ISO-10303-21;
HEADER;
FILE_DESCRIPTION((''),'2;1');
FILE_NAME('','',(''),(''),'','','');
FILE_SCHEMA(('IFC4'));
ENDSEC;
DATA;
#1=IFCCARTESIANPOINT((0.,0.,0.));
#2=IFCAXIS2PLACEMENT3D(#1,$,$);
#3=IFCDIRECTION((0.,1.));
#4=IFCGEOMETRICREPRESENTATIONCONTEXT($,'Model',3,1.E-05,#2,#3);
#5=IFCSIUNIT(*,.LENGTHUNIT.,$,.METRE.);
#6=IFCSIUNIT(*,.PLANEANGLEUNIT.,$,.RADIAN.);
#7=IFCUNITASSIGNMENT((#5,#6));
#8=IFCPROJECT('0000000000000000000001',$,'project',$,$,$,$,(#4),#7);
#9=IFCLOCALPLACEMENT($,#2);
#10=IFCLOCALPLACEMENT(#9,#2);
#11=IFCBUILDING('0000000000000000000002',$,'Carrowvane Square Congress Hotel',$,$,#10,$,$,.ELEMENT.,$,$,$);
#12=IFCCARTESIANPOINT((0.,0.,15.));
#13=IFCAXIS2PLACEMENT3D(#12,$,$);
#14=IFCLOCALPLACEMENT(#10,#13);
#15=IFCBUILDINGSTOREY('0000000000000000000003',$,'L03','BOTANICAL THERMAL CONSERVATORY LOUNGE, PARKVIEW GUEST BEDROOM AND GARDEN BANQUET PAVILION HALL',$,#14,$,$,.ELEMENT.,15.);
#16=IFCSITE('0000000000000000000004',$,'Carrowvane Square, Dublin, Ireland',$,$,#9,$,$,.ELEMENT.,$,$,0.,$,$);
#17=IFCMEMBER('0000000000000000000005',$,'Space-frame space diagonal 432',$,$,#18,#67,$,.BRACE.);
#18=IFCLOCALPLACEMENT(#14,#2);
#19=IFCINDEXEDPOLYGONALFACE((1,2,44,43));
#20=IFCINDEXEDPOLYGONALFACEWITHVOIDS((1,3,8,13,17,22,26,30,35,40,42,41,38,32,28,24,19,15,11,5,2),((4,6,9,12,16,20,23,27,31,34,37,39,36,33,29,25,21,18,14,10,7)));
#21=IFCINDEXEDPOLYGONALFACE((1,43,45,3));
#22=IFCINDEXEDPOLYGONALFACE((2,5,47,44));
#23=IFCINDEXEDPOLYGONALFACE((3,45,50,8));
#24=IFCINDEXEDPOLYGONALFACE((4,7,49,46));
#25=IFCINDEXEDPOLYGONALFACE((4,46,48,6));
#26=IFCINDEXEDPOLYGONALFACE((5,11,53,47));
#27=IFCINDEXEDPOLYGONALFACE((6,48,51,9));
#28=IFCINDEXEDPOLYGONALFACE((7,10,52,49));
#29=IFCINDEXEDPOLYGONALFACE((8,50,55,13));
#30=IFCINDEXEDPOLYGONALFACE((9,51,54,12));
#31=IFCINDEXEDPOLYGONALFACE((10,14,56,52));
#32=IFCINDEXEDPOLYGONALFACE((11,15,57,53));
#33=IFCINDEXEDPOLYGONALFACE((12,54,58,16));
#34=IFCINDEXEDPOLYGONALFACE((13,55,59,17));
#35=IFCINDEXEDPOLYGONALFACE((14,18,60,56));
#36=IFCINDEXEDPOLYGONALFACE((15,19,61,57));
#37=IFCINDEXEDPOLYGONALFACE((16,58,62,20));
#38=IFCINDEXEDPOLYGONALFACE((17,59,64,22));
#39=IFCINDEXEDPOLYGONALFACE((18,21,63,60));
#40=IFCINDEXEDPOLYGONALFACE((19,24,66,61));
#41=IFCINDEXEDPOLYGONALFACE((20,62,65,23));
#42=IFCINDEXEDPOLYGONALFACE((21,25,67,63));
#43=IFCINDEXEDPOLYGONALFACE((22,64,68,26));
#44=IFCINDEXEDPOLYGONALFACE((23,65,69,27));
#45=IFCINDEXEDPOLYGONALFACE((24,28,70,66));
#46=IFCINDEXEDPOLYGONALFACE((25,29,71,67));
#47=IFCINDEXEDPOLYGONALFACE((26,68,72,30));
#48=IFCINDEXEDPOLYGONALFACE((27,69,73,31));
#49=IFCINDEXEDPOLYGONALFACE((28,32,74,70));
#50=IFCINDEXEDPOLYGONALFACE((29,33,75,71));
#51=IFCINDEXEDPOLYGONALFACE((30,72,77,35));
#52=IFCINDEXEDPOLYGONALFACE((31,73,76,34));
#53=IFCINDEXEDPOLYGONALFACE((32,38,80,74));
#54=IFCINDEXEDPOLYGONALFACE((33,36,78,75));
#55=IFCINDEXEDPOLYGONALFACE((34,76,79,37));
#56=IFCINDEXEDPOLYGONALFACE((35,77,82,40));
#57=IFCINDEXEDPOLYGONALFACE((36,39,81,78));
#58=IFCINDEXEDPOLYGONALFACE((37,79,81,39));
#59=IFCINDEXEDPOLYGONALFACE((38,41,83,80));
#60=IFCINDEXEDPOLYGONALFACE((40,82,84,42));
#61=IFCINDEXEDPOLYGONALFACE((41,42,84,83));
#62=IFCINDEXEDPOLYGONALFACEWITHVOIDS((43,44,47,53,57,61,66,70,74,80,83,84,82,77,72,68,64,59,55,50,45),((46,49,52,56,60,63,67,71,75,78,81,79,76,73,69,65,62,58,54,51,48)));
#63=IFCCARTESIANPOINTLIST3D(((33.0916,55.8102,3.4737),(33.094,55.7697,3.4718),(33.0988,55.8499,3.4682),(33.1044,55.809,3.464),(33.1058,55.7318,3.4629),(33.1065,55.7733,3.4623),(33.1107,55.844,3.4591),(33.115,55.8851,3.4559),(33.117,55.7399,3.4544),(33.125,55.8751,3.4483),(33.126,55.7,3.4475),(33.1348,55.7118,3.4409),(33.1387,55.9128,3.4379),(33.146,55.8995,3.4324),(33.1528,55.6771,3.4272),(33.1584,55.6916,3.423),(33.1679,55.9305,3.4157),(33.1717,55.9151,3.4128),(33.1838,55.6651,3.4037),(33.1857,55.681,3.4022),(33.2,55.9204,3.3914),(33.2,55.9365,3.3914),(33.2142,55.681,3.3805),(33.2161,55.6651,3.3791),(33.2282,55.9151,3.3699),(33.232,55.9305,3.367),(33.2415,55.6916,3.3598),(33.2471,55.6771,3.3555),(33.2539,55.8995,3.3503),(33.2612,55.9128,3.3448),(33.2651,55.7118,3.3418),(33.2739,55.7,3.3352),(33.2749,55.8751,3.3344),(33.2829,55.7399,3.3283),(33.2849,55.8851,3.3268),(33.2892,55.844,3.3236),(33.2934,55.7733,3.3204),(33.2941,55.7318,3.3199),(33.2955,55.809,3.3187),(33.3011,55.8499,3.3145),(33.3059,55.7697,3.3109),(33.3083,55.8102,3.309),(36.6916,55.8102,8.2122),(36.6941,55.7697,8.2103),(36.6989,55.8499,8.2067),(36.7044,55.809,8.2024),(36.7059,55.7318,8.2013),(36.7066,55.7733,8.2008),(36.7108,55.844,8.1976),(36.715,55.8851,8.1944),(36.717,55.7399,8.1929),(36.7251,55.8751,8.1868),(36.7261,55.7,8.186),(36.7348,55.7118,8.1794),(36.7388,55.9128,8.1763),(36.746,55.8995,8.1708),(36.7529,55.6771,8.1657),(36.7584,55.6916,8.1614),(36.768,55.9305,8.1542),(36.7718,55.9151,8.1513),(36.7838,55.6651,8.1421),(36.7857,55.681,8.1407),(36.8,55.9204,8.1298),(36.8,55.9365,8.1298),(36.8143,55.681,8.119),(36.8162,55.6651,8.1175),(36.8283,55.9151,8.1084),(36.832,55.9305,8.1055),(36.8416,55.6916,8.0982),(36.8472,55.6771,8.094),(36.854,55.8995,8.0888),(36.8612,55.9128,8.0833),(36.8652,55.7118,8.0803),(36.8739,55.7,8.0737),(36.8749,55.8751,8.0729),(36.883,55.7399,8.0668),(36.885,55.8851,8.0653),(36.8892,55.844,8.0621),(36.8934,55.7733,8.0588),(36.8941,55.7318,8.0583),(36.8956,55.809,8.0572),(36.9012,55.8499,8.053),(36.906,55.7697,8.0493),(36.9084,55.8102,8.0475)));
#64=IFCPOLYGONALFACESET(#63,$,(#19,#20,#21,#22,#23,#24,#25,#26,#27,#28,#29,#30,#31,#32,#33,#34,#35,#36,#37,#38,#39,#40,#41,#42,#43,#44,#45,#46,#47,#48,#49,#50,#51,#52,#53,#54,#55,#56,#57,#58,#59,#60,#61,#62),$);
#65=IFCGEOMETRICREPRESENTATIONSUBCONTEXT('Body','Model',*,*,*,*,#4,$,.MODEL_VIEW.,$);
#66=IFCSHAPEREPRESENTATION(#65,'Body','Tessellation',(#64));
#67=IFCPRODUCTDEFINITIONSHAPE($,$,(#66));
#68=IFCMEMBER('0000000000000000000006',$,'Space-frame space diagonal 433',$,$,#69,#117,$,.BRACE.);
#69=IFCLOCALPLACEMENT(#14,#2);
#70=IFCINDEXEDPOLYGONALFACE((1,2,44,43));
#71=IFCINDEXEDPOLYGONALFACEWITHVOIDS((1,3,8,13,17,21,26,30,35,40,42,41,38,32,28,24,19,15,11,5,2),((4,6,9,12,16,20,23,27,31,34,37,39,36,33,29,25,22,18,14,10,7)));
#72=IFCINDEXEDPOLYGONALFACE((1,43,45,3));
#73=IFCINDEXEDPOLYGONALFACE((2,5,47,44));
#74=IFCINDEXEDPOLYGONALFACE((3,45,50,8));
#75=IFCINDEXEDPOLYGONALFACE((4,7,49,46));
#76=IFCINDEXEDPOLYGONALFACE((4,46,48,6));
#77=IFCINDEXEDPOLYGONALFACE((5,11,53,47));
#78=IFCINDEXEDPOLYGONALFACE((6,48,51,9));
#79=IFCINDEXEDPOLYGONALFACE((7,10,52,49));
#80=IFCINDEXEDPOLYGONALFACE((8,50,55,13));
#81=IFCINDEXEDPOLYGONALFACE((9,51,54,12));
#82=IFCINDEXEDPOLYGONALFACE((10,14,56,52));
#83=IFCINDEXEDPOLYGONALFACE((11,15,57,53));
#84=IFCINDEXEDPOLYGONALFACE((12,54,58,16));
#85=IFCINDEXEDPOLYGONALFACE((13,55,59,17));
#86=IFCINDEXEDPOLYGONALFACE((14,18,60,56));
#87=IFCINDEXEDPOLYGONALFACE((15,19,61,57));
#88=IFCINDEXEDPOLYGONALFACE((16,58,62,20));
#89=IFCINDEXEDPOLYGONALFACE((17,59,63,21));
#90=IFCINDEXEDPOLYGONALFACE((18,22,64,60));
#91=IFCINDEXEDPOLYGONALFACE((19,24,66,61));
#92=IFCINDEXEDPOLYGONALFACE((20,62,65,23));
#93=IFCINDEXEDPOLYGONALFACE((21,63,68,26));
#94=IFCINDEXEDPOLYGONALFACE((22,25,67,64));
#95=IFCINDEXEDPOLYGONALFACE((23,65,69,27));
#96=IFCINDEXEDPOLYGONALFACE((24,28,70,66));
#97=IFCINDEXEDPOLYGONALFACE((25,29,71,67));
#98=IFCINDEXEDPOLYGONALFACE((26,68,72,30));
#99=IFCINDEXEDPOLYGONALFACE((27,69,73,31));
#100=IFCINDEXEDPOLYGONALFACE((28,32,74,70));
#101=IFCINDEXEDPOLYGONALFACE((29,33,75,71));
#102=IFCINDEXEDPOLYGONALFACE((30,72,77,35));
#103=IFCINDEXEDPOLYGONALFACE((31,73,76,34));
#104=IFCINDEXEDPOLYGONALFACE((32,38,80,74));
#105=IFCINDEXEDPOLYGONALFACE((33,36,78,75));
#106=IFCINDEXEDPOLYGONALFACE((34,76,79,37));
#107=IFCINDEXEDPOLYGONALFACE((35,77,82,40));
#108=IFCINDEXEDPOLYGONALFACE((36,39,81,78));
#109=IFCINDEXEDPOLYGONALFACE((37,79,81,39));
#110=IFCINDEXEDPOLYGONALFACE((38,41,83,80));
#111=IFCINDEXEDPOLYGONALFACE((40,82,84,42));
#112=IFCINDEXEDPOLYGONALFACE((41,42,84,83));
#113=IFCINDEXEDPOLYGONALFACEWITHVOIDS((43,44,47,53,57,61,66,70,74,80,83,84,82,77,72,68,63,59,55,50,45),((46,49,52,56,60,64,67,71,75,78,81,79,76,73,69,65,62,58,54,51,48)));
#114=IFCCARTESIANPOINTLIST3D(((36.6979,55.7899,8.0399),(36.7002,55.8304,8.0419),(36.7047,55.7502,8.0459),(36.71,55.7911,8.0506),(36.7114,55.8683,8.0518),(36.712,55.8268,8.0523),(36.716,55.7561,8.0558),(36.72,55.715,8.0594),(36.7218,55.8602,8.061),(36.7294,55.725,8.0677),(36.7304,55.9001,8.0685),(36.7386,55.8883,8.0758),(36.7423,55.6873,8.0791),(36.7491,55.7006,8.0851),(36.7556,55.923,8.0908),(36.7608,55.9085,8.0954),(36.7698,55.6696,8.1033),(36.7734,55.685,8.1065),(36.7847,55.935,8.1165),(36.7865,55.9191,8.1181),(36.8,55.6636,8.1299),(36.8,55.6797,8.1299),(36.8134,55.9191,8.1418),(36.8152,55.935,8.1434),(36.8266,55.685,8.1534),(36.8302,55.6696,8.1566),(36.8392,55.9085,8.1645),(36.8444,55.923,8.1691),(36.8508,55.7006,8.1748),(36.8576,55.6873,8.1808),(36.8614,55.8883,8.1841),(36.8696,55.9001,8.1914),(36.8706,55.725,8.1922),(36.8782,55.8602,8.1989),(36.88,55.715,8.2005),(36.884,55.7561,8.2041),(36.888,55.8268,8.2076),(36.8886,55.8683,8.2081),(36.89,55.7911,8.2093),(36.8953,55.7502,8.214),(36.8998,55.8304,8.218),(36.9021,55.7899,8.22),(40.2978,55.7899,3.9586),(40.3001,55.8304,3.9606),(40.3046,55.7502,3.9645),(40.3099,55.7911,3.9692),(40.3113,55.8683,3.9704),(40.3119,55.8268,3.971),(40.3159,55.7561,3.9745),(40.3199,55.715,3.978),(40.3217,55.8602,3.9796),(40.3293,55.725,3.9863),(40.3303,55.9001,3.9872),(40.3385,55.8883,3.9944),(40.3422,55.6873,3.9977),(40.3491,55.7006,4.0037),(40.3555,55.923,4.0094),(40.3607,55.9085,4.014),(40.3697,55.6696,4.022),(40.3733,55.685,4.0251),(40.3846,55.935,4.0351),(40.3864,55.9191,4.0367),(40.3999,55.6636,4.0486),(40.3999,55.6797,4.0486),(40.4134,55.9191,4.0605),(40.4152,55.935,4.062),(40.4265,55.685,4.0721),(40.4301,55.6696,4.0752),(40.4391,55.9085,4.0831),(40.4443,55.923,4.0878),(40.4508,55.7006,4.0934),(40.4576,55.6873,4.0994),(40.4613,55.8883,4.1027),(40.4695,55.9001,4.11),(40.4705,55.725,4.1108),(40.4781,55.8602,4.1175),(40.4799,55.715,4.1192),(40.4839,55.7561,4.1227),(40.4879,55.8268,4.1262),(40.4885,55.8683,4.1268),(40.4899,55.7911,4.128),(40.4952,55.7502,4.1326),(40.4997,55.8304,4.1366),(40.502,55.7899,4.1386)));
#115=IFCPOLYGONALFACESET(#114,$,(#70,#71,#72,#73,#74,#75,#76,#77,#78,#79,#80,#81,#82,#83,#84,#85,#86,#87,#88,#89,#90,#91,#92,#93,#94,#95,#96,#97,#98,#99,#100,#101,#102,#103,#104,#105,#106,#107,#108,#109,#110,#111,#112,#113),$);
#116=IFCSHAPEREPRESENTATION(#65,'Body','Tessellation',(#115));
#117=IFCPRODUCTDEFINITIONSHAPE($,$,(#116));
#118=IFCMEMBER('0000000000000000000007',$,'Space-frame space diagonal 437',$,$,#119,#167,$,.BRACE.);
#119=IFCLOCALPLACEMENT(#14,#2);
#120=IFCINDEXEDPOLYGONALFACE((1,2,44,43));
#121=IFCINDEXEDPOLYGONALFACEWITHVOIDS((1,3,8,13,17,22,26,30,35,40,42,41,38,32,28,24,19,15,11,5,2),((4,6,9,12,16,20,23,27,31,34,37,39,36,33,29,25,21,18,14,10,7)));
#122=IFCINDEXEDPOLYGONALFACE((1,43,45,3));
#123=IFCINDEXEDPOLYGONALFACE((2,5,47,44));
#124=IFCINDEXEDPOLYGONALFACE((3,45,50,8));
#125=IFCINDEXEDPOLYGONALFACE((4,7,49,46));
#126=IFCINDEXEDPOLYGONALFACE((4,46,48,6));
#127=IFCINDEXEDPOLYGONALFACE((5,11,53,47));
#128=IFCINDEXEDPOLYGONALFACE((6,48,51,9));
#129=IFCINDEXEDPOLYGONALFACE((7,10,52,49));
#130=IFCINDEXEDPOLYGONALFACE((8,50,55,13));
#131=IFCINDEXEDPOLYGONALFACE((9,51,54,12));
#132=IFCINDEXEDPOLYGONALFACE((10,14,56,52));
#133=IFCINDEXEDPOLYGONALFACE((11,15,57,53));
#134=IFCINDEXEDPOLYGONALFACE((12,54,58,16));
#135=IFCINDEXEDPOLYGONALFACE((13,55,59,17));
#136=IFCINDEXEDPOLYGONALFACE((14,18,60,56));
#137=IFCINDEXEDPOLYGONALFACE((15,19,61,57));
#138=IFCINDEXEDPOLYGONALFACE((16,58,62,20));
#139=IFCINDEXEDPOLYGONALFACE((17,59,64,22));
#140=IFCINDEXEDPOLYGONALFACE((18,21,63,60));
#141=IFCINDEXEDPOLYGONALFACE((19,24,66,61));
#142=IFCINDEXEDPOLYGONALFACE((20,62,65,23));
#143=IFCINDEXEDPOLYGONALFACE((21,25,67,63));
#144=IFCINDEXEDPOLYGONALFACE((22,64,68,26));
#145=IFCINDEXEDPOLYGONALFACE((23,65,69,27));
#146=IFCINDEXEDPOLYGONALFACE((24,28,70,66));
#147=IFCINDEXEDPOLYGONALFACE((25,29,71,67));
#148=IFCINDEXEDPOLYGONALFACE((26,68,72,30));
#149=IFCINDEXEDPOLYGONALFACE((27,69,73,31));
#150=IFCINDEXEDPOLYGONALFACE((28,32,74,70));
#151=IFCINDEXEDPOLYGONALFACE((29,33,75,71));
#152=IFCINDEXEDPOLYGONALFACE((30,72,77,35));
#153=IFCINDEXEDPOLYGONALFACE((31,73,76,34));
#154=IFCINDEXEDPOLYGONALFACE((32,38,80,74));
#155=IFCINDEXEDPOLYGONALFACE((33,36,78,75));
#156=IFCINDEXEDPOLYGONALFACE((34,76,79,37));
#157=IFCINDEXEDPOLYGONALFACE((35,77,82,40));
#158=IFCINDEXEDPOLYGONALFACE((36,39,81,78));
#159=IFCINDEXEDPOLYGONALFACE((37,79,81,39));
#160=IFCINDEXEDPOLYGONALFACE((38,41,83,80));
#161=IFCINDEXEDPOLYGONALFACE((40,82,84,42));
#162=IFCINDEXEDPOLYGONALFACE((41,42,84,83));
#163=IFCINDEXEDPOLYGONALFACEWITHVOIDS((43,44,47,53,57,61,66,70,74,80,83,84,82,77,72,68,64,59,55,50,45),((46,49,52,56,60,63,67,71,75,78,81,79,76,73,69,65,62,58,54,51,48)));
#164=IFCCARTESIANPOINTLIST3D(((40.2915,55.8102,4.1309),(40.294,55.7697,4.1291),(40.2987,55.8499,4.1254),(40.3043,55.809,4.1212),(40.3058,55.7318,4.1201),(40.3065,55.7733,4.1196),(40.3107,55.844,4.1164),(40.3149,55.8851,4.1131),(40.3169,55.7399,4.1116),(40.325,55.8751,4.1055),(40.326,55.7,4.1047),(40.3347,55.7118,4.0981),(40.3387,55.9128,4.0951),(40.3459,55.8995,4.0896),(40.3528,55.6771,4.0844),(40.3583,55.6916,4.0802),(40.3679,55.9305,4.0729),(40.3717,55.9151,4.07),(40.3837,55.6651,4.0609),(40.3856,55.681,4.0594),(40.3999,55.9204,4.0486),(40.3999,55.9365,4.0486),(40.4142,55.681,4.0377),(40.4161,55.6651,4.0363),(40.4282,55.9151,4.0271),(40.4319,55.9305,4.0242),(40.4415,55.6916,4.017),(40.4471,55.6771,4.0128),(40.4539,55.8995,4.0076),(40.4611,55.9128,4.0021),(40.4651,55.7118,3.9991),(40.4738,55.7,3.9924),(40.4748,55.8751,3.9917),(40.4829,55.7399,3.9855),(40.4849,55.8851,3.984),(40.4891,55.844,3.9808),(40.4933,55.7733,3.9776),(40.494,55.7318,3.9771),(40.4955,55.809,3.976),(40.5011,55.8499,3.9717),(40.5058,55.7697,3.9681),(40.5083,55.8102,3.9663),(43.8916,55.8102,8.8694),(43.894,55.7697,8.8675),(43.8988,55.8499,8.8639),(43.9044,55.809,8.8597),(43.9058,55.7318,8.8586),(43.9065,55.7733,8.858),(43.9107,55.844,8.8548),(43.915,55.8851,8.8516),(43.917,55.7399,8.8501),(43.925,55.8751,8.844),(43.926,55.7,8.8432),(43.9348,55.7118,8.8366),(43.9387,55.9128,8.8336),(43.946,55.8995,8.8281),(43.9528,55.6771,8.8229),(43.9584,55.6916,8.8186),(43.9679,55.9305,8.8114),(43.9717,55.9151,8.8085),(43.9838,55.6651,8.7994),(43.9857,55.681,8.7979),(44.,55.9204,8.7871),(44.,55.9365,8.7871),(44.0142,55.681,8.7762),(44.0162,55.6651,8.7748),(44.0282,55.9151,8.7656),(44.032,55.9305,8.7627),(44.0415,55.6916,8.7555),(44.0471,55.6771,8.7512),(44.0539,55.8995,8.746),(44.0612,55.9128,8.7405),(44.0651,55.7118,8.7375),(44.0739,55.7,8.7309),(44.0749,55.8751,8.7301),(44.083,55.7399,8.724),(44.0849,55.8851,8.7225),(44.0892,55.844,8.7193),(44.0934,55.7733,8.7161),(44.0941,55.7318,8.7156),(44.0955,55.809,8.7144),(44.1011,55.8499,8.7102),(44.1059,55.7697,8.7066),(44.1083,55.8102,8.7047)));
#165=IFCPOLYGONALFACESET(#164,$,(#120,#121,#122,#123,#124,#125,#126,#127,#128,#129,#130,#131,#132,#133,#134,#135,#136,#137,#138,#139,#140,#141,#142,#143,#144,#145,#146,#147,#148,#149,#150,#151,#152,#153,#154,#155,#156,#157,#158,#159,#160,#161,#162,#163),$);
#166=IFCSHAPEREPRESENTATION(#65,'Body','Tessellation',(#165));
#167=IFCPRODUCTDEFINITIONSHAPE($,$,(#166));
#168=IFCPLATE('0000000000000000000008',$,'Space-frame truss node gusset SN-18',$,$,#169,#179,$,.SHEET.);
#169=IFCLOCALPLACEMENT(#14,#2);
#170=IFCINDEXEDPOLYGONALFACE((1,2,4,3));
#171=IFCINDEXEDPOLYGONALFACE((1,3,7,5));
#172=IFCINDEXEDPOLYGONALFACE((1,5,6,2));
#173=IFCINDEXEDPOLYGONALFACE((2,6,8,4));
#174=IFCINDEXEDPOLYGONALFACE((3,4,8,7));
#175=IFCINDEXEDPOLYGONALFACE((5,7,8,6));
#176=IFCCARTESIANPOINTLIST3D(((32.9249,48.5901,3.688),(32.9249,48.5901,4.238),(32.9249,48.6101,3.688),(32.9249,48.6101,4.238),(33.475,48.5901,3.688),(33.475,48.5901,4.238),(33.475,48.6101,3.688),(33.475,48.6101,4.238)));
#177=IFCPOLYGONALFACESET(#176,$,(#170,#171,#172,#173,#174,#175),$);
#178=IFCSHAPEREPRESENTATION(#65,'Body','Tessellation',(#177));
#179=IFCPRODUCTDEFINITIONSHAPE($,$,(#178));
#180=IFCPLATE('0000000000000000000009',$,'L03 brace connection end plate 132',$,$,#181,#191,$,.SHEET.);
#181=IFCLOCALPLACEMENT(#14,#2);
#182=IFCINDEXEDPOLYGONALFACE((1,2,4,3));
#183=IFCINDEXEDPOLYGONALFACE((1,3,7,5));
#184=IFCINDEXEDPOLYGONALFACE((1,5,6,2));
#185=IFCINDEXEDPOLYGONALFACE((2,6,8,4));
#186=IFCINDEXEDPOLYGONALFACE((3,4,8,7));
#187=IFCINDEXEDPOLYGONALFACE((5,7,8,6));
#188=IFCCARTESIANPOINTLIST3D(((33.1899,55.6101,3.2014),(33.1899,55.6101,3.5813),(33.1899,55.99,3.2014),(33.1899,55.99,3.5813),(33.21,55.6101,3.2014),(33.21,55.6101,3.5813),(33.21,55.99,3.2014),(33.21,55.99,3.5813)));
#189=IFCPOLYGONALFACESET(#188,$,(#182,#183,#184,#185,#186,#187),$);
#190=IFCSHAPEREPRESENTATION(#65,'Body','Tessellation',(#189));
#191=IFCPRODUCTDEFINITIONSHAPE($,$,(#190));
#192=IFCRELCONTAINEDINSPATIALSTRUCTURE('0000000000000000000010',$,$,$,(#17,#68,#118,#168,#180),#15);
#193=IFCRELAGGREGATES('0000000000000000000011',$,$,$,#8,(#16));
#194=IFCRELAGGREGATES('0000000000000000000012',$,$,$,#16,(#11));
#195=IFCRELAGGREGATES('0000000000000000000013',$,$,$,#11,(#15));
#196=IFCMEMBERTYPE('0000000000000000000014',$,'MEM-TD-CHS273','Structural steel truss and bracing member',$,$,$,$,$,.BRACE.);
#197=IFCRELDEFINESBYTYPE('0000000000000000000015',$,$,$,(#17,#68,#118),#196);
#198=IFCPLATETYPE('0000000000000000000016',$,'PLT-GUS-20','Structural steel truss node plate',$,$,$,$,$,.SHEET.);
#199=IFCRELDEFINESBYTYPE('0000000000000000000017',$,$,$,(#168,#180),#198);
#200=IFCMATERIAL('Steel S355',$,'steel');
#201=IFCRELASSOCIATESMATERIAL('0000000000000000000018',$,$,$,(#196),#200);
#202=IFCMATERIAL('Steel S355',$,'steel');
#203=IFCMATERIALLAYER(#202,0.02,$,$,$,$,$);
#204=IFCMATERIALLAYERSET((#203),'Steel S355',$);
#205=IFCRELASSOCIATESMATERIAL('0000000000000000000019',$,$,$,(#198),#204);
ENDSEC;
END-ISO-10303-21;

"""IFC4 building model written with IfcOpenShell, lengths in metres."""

from ifc_helpers import new_model, si_unit, direction, frame, origin, origin_2d, place, context, subcontext, project, spatial, rectangle, hollow_circle, extrude, material, layer, layer_set, material_profile, profile_set, type_object, element, save


model = new_model("IFC4")

# Units and contexts
model_context = context("Model", 3, precision=1e-05, world=origin(), true_north=direction((0.0, 1.0)))
body_context = subcontext(model_context, "Body", "Model", "MODEL_VIEW")
ifc_project = project(units=[si_unit("LENGTHUNIT", "METRE"), si_unit("PLANEANGLEUNIT", "RADIAN")], contexts=[model_context])

# Site, building, storey
site_placement = place(None, origin())
site = spatial("IfcSite", under=ifc_project, at=site_placement, Name="Carrowvane Square, Dublin, Ireland", CompositionType="ELEMENT", RefElevation=0.0)
building_placement = place(site_placement, origin())
building = spatial("IfcBuilding", under=site, at=building_placement, Name="Carrowvane Square Congress Hotel", CompositionType="ELEMENT")
storey_placement = place(building_placement, frame((0.0, 0.0, 15.0)))
storey = spatial("IfcBuildingStorey", under=building, at=storey_placement, Name="L03", Description="BOTANICAL THERMAL CONSERVATORY LOUNGE, PARKVIEW GUEST BEDROOM AND GARDEN BANQUET PAVILION HALL", CompositionType="ELEMENT", Elevation=15.0)

# Members
ifc_material_1 = material(Name="Steel S355", Category="steel")
ifc_material_profile_1 = material_profile(ifc_material_1, hollow_circle(Radius=0.1365, WallThickness=0.0161, at=origin_2d()), Name="CHS 273.0x16")
ifc_profile_set_1 = profile_set([ifc_material_profile_1], Name="Steel S355")
member_type_1 = type_object("IfcMemberType", Name="MEM-TD-CHS273", Description="Structural steel truss and bracing member", PredefinedType="BRACE", material=ifc_profile_set_1)
member_1_placement = place(storey_placement, frame((33.2, 55.8, 3.3914), z_axis=(0.604957, 0.0, 0.796258), x_axis=(0.0, 1.0, 0.0)))
element("IfcMember", 1, at=member_1_placement, inside=storey, type_object=member_type_1, Name="Space-frame space diagonal 432", PredefinedType="BRACE", context=body_context, shape_type="SweptSolid", body=[
    extrude(hollow_circle(Radius=0.1365, WallThickness=0.0161, at=origin_2d()), origin(), (0.0, 0.0, 1.0), 5.9509),
])
member_2_placement = place(storey_placement, frame((40.3999, 55.8, 4.0486), z_axis=(-0.661488, 0.0, 0.749956), x_axis=(0.0, -1.0, 0.0)))
element("IfcMember", 2, at=member_2_placement, inside=storey, type_object=member_type_1, Name="Space-frame space diagonal 433", PredefinedType="BRACE", context=body_context, shape_type="SweptSolid", body=[
    extrude(hollow_circle(Radius=0.1365, WallThickness=0.0161, at=origin_2d()), origin(), (0.0, 0.0, 1.0), 5.4421),
])
member_3_placement = place(storey_placement, frame((40.3999, 55.8, 4.0486), z_axis=(0.604957, 0.0, 0.796258), x_axis=(0.0, 1.0, 0.0)))
element("IfcMember", 3, at=member_3_placement, inside=storey, type_object=member_type_1, Name="Space-frame space diagonal 437", PredefinedType="BRACE", context=body_context, shape_type="SweptSolid", body=[
    extrude(hollow_circle(Radius=0.1365, WallThickness=0.0161, at=origin_2d()), origin(), (0.0, 0.0, 1.0), 5.9509),
])

# Plates
ifc_material_2 = material(Name="Steel S355", Category="steel")
ifc_layer_1 = layer(ifc_material_2, 0.02)
ifc_layer_set_1 = layer_set([ifc_layer_1], Name="Steel S355")
plate_type_1 = type_object("IfcPlateType", Name="PLT-GUS-20", Description="Structural steel truss node plate", PredefinedType="SHEET", material=ifc_layer_set_1)
plate_1_placement = place(storey_placement, frame((33.2, 48.6001, 3.688), z_axis=(0.0, 0.0, 1.0), x_axis=(1.0, 0.0, 0.0)))
element("IfcPlate", 4, at=plate_1_placement, inside=storey, type_object=plate_type_1, Name="Space-frame truss node gusset SN-18", PredefinedType="SHEET", context=body_context, shape_type="SweptSolid", body=[
    extrude(rectangle(XDim=0.55, YDim=0.02, at=origin_2d()), origin(), (0.0, 0.0, 1.0), 0.55),
])
plate_2_placement = place(storey_placement, frame((33.2, 55.8, 3.2014), z_axis=(0.0, 0.0, 1.0), x_axis=(1.0, 0.0, 0.0)))
element("IfcPlate", 5, at=plate_2_placement, inside=storey, type_object=plate_type_1, Name="L03 brace connection end plate 132", PredefinedType="SHEET", context=body_context, shape_type="SweptSolid", body=[
    extrude(rectangle(XDim=0.02, YDim=0.3799, at=origin_2d()), origin(), (0.0, 0.0, 1.0), 0.3799),
])

save(model, "model.ifc")
